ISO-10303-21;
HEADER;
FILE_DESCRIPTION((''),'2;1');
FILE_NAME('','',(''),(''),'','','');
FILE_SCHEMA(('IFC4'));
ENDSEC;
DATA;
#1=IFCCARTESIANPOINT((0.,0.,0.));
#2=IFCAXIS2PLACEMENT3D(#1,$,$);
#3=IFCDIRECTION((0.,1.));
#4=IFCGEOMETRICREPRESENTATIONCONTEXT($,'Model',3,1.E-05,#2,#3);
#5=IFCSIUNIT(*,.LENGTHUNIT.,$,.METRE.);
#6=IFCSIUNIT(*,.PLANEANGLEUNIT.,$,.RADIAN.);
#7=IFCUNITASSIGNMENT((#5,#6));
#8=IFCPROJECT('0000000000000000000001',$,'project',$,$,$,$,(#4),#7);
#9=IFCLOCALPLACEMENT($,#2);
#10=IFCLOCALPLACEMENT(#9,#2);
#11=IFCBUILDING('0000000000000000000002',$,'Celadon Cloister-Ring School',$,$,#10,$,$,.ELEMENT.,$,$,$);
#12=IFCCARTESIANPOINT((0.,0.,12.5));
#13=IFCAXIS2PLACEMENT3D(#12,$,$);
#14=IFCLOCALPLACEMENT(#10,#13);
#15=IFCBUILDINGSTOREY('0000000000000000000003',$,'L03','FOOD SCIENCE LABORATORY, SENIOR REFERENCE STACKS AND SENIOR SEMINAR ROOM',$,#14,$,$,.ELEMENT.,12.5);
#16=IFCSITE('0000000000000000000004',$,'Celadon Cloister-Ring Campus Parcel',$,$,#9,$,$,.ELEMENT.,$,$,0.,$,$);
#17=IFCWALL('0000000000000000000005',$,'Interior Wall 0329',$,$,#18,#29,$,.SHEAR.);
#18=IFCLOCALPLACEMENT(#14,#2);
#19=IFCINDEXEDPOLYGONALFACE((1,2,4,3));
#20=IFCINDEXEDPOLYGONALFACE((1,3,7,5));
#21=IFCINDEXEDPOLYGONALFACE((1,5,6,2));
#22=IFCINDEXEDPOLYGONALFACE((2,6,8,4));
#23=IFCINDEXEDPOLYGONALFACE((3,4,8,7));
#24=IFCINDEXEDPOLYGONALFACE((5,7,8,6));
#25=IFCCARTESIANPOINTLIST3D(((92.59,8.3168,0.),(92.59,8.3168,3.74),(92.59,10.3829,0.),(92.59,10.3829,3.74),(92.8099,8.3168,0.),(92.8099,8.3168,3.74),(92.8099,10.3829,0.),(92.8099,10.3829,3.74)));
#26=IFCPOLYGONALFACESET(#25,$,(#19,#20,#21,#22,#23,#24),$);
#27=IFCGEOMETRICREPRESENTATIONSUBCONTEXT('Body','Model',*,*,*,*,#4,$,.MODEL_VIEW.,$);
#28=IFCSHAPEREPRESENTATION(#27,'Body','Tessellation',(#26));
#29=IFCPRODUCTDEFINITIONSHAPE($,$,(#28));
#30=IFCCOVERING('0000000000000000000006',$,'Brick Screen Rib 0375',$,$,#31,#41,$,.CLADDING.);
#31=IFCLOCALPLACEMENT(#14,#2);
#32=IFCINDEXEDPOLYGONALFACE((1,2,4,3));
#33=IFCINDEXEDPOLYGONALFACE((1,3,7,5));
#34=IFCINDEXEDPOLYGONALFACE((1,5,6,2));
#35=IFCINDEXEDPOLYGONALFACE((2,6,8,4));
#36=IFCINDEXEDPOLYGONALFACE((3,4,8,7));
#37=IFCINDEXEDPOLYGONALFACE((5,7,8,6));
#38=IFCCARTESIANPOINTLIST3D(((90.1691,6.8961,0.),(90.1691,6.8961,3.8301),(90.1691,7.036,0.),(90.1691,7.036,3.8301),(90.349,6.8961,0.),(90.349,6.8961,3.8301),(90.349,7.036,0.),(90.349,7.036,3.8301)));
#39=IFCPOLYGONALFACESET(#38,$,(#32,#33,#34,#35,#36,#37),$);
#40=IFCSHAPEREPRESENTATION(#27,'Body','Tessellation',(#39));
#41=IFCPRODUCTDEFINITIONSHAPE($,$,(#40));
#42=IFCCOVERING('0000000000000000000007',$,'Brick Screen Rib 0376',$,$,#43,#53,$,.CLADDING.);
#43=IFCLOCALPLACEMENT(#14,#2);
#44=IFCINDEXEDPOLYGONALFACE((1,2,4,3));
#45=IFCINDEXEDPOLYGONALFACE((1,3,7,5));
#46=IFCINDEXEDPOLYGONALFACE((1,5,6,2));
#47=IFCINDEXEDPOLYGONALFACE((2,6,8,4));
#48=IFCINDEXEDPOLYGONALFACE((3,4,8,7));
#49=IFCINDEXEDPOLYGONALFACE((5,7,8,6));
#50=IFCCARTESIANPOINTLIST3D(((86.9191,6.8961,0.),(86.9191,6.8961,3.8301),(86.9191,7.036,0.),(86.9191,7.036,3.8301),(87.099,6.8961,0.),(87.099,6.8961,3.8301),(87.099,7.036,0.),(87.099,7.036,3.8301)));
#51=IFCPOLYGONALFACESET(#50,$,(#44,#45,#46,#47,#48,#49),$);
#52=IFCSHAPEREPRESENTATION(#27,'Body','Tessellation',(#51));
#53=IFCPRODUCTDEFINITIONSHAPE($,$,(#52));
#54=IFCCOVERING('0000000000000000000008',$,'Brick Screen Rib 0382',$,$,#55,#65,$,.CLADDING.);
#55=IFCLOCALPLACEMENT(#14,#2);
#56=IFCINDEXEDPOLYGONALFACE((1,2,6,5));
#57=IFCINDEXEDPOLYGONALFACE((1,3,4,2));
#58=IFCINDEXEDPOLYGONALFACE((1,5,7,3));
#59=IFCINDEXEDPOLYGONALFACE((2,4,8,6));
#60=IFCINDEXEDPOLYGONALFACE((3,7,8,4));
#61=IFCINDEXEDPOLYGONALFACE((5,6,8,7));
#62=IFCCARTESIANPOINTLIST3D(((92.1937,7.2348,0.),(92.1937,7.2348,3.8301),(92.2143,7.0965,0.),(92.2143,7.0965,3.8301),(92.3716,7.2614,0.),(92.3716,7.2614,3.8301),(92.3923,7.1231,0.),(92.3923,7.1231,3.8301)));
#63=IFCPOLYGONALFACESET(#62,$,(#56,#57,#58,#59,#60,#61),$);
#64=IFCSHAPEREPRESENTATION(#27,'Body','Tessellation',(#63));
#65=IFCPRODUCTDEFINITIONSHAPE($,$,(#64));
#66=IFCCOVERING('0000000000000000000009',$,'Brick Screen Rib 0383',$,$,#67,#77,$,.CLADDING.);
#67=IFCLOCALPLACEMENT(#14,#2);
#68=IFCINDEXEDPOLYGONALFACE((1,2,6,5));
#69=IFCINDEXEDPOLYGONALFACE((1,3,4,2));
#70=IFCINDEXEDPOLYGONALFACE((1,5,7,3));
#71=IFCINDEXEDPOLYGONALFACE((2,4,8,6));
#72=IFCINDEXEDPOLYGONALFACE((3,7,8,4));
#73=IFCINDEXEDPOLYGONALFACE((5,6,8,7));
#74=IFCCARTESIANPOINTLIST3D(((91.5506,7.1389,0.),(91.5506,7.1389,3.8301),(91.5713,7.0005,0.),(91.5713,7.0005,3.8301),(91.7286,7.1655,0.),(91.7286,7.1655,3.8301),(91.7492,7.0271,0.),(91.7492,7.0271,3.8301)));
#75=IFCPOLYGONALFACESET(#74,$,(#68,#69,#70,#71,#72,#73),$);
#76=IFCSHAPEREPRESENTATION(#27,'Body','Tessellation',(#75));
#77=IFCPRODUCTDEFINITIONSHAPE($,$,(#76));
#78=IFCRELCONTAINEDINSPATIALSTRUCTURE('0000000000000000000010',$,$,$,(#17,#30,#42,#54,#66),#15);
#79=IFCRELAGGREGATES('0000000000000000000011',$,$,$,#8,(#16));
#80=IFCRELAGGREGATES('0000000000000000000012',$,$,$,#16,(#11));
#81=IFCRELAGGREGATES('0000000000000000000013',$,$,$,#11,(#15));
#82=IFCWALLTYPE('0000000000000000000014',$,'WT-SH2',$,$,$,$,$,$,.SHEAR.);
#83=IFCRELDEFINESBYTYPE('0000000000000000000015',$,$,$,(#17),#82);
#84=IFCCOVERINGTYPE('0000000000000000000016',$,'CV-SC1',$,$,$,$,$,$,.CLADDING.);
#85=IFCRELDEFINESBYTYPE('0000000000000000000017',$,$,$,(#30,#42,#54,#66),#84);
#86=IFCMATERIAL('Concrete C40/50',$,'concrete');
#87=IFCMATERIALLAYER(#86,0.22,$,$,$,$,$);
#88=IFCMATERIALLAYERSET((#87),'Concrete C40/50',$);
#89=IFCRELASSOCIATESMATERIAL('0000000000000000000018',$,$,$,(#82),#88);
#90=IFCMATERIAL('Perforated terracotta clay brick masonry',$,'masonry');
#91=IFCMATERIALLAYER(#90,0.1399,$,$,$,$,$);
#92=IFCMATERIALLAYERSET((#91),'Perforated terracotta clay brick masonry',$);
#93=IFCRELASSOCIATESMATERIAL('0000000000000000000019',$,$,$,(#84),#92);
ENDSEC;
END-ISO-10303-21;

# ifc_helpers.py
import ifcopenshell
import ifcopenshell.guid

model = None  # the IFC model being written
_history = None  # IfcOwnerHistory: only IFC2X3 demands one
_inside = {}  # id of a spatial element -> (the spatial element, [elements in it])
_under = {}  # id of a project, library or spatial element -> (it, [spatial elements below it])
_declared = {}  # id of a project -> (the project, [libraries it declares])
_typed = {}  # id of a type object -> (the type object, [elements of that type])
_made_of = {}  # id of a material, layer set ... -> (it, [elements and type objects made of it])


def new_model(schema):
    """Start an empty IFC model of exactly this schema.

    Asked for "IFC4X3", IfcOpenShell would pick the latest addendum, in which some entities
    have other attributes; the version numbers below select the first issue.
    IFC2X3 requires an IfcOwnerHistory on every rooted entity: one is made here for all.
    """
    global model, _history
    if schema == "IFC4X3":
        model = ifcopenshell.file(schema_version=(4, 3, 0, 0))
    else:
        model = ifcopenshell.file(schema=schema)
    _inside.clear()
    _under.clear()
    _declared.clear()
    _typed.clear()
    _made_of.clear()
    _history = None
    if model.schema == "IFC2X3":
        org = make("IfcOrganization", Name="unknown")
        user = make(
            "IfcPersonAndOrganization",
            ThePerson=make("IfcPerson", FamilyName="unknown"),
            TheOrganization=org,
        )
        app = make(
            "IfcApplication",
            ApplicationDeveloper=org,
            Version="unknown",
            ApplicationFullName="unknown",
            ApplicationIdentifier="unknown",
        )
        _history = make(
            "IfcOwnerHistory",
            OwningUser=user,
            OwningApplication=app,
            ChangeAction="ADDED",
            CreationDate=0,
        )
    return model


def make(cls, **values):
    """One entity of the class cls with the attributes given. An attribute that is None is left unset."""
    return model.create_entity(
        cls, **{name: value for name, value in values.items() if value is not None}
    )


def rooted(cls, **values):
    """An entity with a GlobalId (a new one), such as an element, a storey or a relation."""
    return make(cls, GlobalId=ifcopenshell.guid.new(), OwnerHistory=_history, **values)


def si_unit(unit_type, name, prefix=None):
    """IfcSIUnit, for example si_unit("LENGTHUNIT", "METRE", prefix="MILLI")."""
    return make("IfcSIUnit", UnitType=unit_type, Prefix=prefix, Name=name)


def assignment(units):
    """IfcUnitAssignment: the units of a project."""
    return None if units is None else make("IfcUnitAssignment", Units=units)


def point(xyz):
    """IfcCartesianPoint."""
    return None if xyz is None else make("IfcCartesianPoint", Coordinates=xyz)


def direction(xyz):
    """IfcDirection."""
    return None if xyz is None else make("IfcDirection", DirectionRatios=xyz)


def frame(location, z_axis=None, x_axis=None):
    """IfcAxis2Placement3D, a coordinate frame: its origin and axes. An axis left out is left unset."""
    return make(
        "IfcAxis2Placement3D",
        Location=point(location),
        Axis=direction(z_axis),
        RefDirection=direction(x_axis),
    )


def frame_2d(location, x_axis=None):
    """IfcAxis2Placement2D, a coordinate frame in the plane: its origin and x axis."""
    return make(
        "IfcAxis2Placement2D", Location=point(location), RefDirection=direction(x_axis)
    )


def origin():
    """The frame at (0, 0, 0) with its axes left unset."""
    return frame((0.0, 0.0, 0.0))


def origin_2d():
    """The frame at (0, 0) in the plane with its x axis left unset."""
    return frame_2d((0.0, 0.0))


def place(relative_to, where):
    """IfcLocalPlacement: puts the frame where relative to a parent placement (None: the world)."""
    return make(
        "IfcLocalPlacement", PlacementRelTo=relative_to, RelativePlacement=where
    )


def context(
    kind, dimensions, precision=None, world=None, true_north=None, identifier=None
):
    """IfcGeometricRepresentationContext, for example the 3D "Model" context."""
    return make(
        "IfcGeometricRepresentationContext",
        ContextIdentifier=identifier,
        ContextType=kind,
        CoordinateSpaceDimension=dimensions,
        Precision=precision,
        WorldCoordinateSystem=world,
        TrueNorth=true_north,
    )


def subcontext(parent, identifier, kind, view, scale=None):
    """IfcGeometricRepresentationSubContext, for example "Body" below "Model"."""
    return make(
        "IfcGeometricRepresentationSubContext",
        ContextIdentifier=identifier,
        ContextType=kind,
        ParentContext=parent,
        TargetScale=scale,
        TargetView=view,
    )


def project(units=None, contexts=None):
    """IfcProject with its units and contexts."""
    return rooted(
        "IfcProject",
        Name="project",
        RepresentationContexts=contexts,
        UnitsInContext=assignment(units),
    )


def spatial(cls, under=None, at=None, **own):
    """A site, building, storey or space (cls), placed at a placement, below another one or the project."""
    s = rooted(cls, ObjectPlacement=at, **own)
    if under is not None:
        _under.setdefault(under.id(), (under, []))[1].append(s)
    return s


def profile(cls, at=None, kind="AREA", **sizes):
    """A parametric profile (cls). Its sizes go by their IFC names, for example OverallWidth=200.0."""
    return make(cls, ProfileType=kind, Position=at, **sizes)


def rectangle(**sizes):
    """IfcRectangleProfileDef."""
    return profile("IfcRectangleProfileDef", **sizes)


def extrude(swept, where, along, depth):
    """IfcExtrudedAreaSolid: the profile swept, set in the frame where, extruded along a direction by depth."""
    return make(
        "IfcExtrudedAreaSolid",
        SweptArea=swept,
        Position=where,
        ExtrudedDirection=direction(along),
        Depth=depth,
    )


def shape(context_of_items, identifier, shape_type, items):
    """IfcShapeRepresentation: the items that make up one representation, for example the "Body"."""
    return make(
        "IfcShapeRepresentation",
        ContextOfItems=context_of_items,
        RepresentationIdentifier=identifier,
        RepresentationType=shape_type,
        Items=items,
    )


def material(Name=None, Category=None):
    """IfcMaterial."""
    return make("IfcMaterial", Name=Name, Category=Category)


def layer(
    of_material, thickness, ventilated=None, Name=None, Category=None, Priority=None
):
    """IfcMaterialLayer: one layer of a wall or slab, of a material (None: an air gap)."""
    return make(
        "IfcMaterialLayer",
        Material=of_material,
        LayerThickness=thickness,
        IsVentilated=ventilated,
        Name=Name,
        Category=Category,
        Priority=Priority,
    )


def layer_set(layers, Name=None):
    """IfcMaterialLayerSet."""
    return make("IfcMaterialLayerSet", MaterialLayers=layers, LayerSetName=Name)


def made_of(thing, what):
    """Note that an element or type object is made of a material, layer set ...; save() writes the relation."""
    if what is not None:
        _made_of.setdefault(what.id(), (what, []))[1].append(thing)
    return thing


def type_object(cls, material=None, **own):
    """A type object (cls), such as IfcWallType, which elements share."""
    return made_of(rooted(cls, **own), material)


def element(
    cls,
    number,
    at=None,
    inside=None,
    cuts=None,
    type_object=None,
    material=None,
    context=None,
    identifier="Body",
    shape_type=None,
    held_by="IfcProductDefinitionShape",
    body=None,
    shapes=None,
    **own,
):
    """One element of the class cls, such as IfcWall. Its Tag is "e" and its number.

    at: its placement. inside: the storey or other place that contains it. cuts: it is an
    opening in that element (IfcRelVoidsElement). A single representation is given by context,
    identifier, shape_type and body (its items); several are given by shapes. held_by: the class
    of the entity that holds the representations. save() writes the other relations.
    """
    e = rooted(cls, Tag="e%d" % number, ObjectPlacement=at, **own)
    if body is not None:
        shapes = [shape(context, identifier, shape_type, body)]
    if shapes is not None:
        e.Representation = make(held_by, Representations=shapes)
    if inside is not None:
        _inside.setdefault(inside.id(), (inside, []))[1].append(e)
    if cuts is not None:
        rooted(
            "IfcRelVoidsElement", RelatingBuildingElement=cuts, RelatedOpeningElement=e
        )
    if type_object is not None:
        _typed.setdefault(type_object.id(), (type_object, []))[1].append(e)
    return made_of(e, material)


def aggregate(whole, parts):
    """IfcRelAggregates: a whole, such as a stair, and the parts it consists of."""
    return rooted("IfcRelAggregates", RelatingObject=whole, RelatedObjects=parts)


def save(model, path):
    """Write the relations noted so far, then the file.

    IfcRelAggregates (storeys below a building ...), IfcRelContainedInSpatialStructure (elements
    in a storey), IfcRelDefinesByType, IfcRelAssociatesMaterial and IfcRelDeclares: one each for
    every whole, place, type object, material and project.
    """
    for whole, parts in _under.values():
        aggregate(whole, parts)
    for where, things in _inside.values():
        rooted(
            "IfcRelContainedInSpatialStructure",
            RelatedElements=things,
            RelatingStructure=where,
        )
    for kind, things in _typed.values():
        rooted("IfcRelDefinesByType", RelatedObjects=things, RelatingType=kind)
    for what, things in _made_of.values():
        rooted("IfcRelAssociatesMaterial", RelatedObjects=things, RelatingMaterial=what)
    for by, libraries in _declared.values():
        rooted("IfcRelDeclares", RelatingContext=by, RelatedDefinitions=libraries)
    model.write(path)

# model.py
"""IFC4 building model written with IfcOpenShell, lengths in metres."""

from ifc_helpers import new_model, si_unit, direction, frame, frame_2d, origin, origin_2d, place, context, subcontext, project, spatial, rectangle, extrude, material, layer, layer_set, type_object, element, save


model = new_model("IFC4")

# Units and contexts
model_context = context("Model", 3, precision=1e-05, world=origin(), true_north=direction((0.0, 1.0)))
body_context = subcontext(model_context, "Body", "Model", "MODEL_VIEW")
ifc_project = project(units=[si_unit("LENGTHUNIT", "METRE"), si_unit("PLANEANGLEUNIT", "RADIAN")], contexts=[model_context])

# Site, building, storey
site_placement = place(None, origin())
site = spatial("IfcSite", under=ifc_project, at=site_placement, Name="Celadon Cloister-Ring Campus Parcel", CompositionType="ELEMENT", RefElevation=0.0)
building_placement = place(site_placement, origin())
building = spatial("IfcBuilding", under=site, at=building_placement, Name="Celadon Cloister-Ring School", CompositionType="ELEMENT")
storey_placement = place(building_placement, frame((0.0, 0.0, 12.5)))
storey = spatial("IfcBuildingStorey", under=building, at=storey_placement, Name="L03", Description="FOOD SCIENCE LABORATORY, SENIOR REFERENCE STACKS AND SENIOR SEMINAR ROOM", CompositionType="ELEMENT", Elevation=12.5)

# Wall
ifc_material_1 = material(Name="Concrete C40/50", Category="concrete")
ifc_layer_1 = layer(ifc_material_1, 0.22)
ifc_layer_set_1 = layer_set([ifc_layer_1], Name="Concrete C40/50")
wall_type_1 = type_object("IfcWallType", Name="WT-SH2", PredefinedType="SHEAR", material=ifc_layer_set_1)
wall_1_placement = place(storey_placement, frame((92.7, 10.3831, 0.0), z_axis=(0.0, 0.0, 1.0), x_axis=(0.0, -1.0, 0.0)))
element("IfcWall", 1, at=wall_1_placement, inside=storey, type_object=wall_type_1, Name="Interior Wall 0329", PredefinedType="SHEAR", context=body_context, shape_type="SweptSolid", body=[
    extrude(rectangle(XDim=2.0662, YDim=0.22, at=frame_2d((1.0332, 0.0))), origin(), (0.0, 0.0, 1.0), 3.74),
])

# Coverings
ifc_material_2 = material(Name="Perforated terracotta clay brick masonry", Category="masonry")
ifc_layer_2 = layer(ifc_material_2, 0.1399)
ifc_layer_set_2 = layer_set([ifc_layer_2], Name="Perforated terracotta clay brick masonry")
covering_type = type_object("IfcCoveringType", Name="CV-SC1", PredefinedType="CLADDING", material=ifc_layer_set_2)
for number, where, z_axis, x_axis, name in (
    (2, (90.259, 6.9661, 0.0), (0.0, 0.0, 1.0), (-1.0, 0.0, 0.0), "Brick Screen Rib 0375"),
    (3, (87.009, 6.9661, 0.0), (0.0, 0.0, 1.0), (-1.0, 0.0, 0.0), "Brick Screen Rib 0376"),
    (4, (92.293, 7.179, 0.0), (0.0, 0.0, 1.0), (-0.989034, -0.147689, 0.0), "Brick Screen Rib 0382"),
    (5, (91.6499, 7.083, 0.0), (0.0, 0.0, 1.0), (-0.989034, -0.147689, 0.0), "Brick Screen Rib 0383"),
):
    element("IfcCovering", number, at=place(storey_placement, frame(where, z_axis=z_axis, x_axis=x_axis)), inside=storey, type_object=covering_type, Name=name, PredefinedType="CLADDING", context=body_context, shape_type="SweptSolid", body=[
        extrude(rectangle(XDim=0.1799, YDim=0.1399, at=origin_2d()), origin(), (0.0, 0.0, 1.0), 3.8301),
    ])

save(model, "model.ifc")
